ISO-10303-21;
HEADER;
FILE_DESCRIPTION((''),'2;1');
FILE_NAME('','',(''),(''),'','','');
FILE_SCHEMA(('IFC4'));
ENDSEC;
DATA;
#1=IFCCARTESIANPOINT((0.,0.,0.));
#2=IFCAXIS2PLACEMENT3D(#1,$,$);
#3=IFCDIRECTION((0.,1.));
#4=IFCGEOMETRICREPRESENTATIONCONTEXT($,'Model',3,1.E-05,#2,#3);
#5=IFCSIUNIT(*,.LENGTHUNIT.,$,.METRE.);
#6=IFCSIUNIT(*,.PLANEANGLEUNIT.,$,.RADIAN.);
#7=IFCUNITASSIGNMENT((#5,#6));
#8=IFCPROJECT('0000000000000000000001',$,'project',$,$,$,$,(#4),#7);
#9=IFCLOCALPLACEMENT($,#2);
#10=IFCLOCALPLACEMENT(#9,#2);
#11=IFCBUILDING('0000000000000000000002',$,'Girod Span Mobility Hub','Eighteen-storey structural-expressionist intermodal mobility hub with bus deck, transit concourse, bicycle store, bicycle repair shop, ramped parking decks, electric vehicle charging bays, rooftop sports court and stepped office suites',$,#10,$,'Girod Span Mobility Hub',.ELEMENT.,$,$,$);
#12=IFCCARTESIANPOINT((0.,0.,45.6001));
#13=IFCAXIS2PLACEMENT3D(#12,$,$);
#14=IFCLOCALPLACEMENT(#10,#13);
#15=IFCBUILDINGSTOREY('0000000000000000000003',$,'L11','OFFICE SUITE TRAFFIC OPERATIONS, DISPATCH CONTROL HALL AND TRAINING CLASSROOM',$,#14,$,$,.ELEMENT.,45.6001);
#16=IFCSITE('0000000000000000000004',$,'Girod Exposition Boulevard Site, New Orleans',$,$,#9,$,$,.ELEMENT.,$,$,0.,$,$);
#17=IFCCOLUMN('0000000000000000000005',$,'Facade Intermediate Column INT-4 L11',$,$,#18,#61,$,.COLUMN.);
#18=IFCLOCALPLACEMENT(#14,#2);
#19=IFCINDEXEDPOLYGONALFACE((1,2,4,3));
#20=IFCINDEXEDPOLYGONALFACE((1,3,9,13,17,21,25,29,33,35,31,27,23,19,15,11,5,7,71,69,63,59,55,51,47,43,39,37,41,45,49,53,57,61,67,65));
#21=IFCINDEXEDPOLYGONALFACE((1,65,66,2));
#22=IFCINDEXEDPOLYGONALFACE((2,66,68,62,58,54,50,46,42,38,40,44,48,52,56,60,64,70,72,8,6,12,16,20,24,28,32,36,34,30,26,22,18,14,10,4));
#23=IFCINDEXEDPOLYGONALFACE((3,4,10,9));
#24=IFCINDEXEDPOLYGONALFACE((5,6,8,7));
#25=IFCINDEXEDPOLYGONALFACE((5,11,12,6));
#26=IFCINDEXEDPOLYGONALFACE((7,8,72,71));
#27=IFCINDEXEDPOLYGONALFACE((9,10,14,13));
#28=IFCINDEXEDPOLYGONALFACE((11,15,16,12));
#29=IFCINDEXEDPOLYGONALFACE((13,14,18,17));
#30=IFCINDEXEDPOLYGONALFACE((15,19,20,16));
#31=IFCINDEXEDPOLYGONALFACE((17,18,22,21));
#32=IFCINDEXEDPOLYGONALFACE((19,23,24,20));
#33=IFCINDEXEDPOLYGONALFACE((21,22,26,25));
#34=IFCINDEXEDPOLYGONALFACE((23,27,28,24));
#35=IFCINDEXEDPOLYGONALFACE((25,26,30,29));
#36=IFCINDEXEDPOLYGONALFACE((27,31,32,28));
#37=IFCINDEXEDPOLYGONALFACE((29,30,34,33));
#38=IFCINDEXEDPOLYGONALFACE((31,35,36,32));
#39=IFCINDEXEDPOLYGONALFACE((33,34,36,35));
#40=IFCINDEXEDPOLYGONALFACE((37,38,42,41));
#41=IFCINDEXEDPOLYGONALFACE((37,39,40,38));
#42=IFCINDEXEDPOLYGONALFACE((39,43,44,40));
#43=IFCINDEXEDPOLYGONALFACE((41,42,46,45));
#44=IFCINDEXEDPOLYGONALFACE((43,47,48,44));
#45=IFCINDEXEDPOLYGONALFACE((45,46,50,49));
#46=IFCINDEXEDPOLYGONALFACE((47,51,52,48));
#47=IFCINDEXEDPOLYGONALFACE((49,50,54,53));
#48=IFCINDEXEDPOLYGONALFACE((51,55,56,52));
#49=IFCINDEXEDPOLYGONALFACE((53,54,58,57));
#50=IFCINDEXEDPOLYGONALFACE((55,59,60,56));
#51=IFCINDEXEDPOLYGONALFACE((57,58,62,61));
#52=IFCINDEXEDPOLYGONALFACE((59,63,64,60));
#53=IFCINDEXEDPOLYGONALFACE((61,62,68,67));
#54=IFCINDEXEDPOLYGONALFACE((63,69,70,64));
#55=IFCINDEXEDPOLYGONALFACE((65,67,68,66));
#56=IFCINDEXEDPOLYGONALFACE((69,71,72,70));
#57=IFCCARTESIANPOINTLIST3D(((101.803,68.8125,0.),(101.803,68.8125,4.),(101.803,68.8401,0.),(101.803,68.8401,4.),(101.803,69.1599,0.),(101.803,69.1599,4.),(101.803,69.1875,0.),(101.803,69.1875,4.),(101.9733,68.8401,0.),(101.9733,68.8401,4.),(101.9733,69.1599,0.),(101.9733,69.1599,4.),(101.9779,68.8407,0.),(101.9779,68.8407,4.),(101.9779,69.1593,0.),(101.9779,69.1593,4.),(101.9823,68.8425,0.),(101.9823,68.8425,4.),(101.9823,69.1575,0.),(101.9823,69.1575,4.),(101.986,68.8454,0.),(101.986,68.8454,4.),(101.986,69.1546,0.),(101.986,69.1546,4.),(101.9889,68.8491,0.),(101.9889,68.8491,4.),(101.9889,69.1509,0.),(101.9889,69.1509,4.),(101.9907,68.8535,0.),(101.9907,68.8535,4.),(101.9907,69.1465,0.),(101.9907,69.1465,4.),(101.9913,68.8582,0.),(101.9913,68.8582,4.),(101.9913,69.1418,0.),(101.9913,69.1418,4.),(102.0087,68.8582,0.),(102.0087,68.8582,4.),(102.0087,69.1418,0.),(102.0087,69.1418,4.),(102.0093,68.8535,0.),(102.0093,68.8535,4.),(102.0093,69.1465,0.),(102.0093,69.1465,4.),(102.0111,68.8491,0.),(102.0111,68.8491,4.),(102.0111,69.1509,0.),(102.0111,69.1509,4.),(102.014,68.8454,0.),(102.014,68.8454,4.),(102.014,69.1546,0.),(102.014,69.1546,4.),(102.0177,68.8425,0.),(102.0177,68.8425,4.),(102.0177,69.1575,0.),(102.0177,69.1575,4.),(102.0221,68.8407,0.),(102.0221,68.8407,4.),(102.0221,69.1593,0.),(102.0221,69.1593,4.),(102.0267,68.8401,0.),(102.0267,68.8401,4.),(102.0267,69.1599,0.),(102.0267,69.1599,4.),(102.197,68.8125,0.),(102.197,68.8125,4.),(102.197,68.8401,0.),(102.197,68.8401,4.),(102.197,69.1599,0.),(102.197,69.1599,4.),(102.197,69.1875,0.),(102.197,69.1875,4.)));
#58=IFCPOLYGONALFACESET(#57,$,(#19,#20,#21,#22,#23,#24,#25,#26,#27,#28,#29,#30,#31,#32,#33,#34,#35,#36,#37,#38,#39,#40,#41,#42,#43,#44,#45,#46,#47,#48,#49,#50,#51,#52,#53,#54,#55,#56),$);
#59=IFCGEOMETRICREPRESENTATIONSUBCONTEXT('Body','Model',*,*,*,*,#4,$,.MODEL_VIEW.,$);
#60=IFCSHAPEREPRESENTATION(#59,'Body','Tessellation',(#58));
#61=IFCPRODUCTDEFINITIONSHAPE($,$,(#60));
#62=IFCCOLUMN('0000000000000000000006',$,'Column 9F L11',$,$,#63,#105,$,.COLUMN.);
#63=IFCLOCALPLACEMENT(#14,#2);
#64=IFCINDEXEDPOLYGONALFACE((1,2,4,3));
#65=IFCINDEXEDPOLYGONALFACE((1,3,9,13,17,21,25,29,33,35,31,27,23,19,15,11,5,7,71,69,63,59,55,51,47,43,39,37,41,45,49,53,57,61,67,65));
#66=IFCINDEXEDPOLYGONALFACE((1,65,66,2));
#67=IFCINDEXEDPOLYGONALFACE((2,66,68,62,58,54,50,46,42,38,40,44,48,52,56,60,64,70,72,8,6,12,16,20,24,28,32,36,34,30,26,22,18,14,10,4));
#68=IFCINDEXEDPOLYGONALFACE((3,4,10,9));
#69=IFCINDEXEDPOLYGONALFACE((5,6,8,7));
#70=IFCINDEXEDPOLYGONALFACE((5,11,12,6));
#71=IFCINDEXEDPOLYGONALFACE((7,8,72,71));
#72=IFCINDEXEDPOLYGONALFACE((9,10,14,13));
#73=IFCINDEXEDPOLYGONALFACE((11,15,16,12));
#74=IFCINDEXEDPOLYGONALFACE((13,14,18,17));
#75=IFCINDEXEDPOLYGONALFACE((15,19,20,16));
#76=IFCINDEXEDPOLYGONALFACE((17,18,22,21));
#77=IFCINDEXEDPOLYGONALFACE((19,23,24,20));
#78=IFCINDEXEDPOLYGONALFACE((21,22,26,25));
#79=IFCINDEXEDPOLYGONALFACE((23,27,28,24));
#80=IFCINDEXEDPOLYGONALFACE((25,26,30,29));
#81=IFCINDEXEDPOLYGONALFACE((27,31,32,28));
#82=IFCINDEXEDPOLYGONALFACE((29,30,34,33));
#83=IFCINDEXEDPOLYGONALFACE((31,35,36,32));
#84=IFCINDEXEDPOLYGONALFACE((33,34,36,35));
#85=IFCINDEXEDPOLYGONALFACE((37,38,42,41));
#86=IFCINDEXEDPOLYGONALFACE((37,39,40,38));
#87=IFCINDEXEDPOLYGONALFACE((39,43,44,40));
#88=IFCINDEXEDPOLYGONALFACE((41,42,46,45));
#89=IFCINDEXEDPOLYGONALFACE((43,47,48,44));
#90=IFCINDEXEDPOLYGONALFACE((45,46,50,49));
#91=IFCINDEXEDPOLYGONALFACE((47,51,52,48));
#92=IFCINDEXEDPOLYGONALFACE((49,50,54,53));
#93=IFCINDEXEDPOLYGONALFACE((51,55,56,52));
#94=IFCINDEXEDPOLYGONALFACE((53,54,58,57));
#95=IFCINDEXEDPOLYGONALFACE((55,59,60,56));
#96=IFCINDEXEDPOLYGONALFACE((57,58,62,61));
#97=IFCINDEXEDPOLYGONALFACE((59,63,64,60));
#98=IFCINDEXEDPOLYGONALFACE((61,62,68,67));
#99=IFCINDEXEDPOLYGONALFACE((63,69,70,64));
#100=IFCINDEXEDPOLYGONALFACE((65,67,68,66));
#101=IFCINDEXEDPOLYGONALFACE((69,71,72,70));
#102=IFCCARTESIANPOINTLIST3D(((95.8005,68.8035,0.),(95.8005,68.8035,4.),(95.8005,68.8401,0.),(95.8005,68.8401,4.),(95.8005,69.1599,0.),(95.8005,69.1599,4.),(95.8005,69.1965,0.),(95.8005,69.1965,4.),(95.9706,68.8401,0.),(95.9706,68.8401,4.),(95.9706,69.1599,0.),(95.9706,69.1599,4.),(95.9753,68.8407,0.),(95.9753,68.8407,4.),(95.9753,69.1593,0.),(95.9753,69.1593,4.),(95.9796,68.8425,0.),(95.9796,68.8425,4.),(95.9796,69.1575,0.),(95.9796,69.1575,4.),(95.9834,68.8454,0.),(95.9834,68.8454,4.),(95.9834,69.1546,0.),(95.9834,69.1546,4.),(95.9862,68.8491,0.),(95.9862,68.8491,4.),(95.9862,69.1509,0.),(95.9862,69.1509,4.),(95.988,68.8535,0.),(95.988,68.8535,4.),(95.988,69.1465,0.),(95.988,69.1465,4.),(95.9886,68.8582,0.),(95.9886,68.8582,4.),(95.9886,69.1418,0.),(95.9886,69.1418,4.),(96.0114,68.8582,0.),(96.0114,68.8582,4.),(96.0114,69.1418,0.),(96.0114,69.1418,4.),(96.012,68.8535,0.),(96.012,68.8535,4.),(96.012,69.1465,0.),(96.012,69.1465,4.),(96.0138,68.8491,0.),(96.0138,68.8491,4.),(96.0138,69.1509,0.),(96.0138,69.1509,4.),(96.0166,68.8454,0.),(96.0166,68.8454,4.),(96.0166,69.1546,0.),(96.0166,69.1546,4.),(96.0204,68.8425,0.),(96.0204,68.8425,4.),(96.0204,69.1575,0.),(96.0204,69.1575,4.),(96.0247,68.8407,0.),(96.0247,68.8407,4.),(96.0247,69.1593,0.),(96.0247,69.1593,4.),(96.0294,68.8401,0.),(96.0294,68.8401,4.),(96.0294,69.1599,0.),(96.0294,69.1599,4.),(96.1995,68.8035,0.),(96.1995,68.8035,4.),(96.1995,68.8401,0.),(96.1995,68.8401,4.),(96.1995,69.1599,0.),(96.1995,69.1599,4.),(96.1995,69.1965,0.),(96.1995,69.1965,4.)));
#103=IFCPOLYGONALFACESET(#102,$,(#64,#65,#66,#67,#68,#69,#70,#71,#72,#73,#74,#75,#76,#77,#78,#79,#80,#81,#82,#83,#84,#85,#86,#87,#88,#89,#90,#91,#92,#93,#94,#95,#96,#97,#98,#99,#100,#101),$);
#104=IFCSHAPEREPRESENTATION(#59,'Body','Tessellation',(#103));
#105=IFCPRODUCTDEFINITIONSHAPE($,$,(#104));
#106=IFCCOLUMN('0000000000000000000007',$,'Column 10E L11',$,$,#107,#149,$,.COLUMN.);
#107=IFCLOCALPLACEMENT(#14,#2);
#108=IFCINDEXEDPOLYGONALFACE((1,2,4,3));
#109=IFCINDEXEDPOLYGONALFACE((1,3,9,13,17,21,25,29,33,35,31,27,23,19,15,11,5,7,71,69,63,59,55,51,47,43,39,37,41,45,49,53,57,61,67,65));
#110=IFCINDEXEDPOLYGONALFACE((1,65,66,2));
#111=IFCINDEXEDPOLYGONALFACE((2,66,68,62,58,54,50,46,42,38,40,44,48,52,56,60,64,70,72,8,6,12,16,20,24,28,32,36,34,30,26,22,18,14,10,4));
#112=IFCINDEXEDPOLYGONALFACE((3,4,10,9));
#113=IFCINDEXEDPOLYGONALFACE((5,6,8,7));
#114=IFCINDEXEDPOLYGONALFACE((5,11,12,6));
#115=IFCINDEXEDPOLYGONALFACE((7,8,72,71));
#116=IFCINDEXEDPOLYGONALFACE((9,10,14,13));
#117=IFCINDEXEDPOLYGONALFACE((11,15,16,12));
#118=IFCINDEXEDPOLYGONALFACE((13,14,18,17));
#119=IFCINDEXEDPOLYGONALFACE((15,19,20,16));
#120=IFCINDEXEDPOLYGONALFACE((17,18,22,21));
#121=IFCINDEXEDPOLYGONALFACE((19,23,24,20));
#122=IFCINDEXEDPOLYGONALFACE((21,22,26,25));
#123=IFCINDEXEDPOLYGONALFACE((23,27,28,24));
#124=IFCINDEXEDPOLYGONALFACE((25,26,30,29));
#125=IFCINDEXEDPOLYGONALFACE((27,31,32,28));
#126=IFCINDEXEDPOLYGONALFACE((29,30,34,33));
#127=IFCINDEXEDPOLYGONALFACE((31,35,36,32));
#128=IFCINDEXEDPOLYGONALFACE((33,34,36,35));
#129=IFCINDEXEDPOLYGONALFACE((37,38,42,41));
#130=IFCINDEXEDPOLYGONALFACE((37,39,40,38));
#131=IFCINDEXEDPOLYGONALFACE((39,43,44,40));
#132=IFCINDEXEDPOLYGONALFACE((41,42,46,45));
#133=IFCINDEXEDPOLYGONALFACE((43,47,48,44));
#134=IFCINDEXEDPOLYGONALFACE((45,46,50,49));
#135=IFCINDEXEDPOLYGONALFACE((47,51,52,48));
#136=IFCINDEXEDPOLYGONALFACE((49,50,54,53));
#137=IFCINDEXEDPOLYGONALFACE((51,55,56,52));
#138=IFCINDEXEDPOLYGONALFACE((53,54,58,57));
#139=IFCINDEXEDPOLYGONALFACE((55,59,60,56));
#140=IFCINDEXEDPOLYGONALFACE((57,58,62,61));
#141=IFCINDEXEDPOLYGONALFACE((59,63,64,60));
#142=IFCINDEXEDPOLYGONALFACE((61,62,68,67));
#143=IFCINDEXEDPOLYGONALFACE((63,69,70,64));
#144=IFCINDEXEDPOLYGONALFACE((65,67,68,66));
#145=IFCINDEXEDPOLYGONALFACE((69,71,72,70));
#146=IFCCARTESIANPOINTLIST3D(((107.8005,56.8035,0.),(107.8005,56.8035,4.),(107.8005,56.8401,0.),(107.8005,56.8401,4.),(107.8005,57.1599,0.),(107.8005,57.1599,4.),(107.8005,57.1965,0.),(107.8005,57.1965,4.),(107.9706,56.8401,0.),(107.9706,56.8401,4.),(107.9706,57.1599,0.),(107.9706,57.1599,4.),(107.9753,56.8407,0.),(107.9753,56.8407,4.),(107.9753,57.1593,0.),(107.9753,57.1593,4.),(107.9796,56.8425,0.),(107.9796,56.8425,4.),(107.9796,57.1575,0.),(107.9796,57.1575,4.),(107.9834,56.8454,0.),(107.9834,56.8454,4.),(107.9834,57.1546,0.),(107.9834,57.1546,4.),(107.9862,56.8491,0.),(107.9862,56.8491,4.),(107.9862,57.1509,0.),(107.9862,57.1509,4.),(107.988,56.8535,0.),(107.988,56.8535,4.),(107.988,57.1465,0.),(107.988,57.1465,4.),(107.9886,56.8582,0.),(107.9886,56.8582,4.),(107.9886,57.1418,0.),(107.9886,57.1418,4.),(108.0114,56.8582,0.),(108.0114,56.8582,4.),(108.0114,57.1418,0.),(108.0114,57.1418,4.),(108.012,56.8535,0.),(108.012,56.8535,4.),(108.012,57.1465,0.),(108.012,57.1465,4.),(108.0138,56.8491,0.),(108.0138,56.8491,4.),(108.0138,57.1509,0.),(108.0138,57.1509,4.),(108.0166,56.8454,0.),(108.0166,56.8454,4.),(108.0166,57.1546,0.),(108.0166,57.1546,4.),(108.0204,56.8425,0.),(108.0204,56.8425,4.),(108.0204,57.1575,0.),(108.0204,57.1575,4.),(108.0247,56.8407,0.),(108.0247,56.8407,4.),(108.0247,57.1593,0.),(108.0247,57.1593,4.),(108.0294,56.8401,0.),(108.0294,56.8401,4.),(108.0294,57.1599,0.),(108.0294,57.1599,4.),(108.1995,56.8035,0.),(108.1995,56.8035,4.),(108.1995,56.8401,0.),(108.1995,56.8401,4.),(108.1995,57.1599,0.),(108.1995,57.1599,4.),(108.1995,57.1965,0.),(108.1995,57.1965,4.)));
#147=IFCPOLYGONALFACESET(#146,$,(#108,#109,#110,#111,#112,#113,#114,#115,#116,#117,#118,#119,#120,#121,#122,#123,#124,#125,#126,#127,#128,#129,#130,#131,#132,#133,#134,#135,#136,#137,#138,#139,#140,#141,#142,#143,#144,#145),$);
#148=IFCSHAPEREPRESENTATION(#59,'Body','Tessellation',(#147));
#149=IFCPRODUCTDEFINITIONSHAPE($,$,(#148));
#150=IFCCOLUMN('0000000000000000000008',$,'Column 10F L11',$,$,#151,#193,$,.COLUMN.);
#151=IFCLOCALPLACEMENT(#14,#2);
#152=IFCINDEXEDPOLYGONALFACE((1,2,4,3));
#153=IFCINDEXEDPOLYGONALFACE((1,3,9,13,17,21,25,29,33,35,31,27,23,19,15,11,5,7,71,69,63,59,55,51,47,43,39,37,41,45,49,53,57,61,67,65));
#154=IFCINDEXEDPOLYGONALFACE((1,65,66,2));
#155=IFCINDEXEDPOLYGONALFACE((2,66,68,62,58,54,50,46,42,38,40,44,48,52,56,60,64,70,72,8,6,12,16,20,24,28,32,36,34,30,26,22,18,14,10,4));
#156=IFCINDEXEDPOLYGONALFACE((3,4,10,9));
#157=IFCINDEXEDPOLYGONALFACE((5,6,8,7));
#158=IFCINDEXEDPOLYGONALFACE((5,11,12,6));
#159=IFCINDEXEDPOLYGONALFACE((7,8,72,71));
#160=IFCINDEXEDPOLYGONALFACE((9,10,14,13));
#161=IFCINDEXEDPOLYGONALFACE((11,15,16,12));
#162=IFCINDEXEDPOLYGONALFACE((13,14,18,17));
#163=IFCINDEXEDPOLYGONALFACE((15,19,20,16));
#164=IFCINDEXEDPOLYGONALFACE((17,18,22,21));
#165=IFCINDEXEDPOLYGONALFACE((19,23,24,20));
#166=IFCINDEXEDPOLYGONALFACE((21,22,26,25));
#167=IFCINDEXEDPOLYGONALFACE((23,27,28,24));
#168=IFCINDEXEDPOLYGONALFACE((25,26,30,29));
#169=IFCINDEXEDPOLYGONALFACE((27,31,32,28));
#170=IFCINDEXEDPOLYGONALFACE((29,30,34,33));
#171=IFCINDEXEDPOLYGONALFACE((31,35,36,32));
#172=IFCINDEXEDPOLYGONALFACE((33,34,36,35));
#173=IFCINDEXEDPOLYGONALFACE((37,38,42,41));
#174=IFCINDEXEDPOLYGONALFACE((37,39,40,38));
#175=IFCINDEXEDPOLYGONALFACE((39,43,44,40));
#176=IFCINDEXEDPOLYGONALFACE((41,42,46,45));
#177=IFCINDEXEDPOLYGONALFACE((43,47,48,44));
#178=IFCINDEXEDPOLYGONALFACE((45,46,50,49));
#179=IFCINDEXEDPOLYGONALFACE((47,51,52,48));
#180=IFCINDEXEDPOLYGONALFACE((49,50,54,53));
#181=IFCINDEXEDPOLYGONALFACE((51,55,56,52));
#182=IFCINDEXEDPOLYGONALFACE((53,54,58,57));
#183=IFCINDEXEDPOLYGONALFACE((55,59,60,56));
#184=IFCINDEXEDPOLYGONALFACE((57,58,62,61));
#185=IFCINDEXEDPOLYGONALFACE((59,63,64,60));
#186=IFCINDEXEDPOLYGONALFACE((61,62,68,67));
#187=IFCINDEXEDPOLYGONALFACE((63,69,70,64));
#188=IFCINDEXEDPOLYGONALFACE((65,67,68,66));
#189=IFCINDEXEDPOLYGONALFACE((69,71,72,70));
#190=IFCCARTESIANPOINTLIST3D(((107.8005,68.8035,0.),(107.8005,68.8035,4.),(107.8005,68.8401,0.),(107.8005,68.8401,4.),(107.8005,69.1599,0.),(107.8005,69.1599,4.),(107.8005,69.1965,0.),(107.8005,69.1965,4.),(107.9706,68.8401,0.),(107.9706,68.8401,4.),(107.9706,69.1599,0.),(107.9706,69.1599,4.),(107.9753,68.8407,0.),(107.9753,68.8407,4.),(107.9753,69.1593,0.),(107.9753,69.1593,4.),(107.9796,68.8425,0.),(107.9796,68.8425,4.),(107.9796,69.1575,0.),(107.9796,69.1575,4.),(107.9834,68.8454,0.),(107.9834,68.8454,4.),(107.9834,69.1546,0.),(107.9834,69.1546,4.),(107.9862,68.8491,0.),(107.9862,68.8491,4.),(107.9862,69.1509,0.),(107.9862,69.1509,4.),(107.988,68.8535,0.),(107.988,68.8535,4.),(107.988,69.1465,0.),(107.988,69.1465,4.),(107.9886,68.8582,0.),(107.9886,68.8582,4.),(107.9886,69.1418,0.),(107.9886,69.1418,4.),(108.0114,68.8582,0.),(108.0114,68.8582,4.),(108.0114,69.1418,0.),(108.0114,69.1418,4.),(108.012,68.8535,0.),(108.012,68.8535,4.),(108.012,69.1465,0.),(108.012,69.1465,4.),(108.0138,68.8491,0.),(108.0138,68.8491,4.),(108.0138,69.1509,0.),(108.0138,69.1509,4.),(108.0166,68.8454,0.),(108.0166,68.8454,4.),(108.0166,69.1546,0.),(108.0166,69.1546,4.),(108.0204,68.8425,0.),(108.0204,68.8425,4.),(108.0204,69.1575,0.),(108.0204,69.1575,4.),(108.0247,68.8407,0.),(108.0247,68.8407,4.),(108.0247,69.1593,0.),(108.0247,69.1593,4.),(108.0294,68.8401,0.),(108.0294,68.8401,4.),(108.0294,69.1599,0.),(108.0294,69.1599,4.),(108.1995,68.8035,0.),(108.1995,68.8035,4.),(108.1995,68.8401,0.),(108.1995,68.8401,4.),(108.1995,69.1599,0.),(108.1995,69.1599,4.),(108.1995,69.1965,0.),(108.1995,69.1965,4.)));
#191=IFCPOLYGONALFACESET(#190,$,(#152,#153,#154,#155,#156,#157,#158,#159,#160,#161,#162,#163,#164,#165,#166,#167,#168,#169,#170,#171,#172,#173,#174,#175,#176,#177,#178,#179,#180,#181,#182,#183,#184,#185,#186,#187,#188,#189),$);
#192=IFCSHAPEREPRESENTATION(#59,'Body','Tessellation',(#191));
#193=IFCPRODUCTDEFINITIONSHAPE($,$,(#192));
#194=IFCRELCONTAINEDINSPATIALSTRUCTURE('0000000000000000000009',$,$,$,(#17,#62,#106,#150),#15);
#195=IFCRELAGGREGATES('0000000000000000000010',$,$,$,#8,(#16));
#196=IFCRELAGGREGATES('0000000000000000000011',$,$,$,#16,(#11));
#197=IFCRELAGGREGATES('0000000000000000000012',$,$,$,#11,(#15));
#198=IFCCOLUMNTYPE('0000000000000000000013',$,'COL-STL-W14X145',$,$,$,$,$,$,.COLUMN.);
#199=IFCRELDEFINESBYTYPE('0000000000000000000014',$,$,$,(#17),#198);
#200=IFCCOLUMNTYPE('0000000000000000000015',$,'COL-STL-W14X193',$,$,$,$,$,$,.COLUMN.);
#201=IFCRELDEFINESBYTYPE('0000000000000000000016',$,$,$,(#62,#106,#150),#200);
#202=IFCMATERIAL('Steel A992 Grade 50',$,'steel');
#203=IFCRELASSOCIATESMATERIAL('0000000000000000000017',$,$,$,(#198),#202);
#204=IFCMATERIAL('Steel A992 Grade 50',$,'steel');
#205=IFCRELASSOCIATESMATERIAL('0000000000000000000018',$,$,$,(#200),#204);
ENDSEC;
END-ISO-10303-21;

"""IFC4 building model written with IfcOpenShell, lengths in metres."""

from ifc_helpers import new_model, si_unit, direction, frame, origin, origin_2d, place, context, subcontext, project, spatial, i_section, extrude, material, material_profile, profile_set, type_object, element, save


model = new_model("IFC4")

# Units and contexts
model_context = context("Model", 3, precision=1e-05, world=origin(), true_north=direction((0.0, 1.0)))
body_context = subcontext(model_context, "Body", "Model", "MODEL_VIEW")
ifc_project = project(units=[si_unit("LENGTHUNIT", "METRE"), si_unit("PLANEANGLEUNIT", "RADIAN")], contexts=[model_context])

# Site, building, storey
site_placement = place(None, origin())
site = spatial("IfcSite", under=ifc_project, at=site_placement, Name="Girod Exposition Boulevard Site, New Orleans", CompositionType="ELEMENT", RefElevation=0.0)
building_placement = place(site_placement, origin())
building = spatial("IfcBuilding", under=site, at=building_placement, Name="Girod Span Mobility Hub", Description="Eighteen-storey structural-expressionist intermodal mobility hub with bus deck, transit concourse, bicycle store, bicycle repair shop, ramped parking decks, electric vehicle charging bays, rooftop sports court and stepped office suites", LongName="Girod Span Mobility Hub", CompositionType="ELEMENT")
storey_placement = place(building_placement, frame((0.0, 0.0, 45.6001)))
storey = spatial("IfcBuildingStorey", under=building, at=storey_placement, Name="L11", Description="OFFICE SUITE TRAFFIC OPERATIONS, DISPATCH CONTROL HALL AND TRAINING CLASSROOM", CompositionType="ELEMENT", Elevation=45.6001)

# Columns
ifc_material_1 = material(Name="Steel A992 Grade 50", Category="steel")
ifc_material_profile_1 = material_profile(ifc_material_1, i_section(OverallWidth=0.394, OverallDepth=0.375, WebThickness=0.0173, FlangeThickness=0.0276, FilletRadius=0.0181, at=origin_2d()), Name="W14X145")
ifc_profile_set_1 = profile_set([ifc_material_profile_1], Name="Steel A992 Grade 50")
column_type_1 = type_object("IfcColumnType", Name="COL-STL-W14X145", PredefinedType="COLUMN", material=ifc_profile_set_1)
column_placement = place(storey_placement, frame((102.0, 69.0, 0.0), z_axis=(0.0, 0.0, 1.0), x_axis=(1.0, 0.0, 0.0)))
element("IfcColumn", 1, at=column_placement, inside=storey, type_object=column_type_1, Name="Facade Intermediate Column INT-4 L11", PredefinedType="COLUMN", context=body_context, shape_type="SweptSolid", body=[
    extrude(i_section(OverallWidth=0.394, OverallDepth=0.375, WebThickness=0.0173, FlangeThickness=0.0276, FilletRadius=0.0181, at=origin_2d()), origin(), (0.0, 0.0, 1.0), 4.0),
])
ifc_material_2 = material(Name="Steel A992 Grade 50", Category="steel")
ifc_material_profile_2 = material_profile(ifc_material_2, i_section(OverallWidth=0.3989, OverallDepth=0.3931, WebThickness=0.0227, FlangeThickness=0.0366, FilletRadius=0.0181, at=origin_2d()), Name="W14X193")
ifc_profile_set_2 = profile_set([ifc_material_profile_2], Name="Steel A992 Grade 50")
column_type_2 = type_object("IfcColumnType", Name="COL-STL-W14X193", PredefinedType="COLUMN", material=ifc_profile_set_2)
for number, where, z_axis, x_axis, name in (
    (2, (96.0, 69.0, 0.0), (0.0, 0.0, 1.0), (1.0, 0.0, 0.0), "Column 9F L11"),
    (3, (108.0, 57.0, 0.0), (0.0, 0.0, 1.0), (1.0, 0.0, 0.0), "Column 10E L11"),
    (4, (108.0, 69.0, 0.0), (0.0, 0.0, 1.0), (1.0, 0.0, 0.0), "Column 10F L11"),
):
    element("IfcColumn", number, at=place(storey_placement, frame(where, z_axis=z_axis, x_axis=x_axis)), inside=storey, type_object=column_type_2, Name=name, PredefinedType="COLUMN", context=body_context, shape_type="SweptSolid", body=[
        extrude(i_section(OverallWidth=0.3989, OverallDepth=0.3931, WebThickness=0.0227, FlangeThickness=0.0366, FilletRadius=0.0181, at=origin_2d()), origin(), (0.0, 0.0, 1.0), 4.0),
    ])

save(model, "model.ifc")
